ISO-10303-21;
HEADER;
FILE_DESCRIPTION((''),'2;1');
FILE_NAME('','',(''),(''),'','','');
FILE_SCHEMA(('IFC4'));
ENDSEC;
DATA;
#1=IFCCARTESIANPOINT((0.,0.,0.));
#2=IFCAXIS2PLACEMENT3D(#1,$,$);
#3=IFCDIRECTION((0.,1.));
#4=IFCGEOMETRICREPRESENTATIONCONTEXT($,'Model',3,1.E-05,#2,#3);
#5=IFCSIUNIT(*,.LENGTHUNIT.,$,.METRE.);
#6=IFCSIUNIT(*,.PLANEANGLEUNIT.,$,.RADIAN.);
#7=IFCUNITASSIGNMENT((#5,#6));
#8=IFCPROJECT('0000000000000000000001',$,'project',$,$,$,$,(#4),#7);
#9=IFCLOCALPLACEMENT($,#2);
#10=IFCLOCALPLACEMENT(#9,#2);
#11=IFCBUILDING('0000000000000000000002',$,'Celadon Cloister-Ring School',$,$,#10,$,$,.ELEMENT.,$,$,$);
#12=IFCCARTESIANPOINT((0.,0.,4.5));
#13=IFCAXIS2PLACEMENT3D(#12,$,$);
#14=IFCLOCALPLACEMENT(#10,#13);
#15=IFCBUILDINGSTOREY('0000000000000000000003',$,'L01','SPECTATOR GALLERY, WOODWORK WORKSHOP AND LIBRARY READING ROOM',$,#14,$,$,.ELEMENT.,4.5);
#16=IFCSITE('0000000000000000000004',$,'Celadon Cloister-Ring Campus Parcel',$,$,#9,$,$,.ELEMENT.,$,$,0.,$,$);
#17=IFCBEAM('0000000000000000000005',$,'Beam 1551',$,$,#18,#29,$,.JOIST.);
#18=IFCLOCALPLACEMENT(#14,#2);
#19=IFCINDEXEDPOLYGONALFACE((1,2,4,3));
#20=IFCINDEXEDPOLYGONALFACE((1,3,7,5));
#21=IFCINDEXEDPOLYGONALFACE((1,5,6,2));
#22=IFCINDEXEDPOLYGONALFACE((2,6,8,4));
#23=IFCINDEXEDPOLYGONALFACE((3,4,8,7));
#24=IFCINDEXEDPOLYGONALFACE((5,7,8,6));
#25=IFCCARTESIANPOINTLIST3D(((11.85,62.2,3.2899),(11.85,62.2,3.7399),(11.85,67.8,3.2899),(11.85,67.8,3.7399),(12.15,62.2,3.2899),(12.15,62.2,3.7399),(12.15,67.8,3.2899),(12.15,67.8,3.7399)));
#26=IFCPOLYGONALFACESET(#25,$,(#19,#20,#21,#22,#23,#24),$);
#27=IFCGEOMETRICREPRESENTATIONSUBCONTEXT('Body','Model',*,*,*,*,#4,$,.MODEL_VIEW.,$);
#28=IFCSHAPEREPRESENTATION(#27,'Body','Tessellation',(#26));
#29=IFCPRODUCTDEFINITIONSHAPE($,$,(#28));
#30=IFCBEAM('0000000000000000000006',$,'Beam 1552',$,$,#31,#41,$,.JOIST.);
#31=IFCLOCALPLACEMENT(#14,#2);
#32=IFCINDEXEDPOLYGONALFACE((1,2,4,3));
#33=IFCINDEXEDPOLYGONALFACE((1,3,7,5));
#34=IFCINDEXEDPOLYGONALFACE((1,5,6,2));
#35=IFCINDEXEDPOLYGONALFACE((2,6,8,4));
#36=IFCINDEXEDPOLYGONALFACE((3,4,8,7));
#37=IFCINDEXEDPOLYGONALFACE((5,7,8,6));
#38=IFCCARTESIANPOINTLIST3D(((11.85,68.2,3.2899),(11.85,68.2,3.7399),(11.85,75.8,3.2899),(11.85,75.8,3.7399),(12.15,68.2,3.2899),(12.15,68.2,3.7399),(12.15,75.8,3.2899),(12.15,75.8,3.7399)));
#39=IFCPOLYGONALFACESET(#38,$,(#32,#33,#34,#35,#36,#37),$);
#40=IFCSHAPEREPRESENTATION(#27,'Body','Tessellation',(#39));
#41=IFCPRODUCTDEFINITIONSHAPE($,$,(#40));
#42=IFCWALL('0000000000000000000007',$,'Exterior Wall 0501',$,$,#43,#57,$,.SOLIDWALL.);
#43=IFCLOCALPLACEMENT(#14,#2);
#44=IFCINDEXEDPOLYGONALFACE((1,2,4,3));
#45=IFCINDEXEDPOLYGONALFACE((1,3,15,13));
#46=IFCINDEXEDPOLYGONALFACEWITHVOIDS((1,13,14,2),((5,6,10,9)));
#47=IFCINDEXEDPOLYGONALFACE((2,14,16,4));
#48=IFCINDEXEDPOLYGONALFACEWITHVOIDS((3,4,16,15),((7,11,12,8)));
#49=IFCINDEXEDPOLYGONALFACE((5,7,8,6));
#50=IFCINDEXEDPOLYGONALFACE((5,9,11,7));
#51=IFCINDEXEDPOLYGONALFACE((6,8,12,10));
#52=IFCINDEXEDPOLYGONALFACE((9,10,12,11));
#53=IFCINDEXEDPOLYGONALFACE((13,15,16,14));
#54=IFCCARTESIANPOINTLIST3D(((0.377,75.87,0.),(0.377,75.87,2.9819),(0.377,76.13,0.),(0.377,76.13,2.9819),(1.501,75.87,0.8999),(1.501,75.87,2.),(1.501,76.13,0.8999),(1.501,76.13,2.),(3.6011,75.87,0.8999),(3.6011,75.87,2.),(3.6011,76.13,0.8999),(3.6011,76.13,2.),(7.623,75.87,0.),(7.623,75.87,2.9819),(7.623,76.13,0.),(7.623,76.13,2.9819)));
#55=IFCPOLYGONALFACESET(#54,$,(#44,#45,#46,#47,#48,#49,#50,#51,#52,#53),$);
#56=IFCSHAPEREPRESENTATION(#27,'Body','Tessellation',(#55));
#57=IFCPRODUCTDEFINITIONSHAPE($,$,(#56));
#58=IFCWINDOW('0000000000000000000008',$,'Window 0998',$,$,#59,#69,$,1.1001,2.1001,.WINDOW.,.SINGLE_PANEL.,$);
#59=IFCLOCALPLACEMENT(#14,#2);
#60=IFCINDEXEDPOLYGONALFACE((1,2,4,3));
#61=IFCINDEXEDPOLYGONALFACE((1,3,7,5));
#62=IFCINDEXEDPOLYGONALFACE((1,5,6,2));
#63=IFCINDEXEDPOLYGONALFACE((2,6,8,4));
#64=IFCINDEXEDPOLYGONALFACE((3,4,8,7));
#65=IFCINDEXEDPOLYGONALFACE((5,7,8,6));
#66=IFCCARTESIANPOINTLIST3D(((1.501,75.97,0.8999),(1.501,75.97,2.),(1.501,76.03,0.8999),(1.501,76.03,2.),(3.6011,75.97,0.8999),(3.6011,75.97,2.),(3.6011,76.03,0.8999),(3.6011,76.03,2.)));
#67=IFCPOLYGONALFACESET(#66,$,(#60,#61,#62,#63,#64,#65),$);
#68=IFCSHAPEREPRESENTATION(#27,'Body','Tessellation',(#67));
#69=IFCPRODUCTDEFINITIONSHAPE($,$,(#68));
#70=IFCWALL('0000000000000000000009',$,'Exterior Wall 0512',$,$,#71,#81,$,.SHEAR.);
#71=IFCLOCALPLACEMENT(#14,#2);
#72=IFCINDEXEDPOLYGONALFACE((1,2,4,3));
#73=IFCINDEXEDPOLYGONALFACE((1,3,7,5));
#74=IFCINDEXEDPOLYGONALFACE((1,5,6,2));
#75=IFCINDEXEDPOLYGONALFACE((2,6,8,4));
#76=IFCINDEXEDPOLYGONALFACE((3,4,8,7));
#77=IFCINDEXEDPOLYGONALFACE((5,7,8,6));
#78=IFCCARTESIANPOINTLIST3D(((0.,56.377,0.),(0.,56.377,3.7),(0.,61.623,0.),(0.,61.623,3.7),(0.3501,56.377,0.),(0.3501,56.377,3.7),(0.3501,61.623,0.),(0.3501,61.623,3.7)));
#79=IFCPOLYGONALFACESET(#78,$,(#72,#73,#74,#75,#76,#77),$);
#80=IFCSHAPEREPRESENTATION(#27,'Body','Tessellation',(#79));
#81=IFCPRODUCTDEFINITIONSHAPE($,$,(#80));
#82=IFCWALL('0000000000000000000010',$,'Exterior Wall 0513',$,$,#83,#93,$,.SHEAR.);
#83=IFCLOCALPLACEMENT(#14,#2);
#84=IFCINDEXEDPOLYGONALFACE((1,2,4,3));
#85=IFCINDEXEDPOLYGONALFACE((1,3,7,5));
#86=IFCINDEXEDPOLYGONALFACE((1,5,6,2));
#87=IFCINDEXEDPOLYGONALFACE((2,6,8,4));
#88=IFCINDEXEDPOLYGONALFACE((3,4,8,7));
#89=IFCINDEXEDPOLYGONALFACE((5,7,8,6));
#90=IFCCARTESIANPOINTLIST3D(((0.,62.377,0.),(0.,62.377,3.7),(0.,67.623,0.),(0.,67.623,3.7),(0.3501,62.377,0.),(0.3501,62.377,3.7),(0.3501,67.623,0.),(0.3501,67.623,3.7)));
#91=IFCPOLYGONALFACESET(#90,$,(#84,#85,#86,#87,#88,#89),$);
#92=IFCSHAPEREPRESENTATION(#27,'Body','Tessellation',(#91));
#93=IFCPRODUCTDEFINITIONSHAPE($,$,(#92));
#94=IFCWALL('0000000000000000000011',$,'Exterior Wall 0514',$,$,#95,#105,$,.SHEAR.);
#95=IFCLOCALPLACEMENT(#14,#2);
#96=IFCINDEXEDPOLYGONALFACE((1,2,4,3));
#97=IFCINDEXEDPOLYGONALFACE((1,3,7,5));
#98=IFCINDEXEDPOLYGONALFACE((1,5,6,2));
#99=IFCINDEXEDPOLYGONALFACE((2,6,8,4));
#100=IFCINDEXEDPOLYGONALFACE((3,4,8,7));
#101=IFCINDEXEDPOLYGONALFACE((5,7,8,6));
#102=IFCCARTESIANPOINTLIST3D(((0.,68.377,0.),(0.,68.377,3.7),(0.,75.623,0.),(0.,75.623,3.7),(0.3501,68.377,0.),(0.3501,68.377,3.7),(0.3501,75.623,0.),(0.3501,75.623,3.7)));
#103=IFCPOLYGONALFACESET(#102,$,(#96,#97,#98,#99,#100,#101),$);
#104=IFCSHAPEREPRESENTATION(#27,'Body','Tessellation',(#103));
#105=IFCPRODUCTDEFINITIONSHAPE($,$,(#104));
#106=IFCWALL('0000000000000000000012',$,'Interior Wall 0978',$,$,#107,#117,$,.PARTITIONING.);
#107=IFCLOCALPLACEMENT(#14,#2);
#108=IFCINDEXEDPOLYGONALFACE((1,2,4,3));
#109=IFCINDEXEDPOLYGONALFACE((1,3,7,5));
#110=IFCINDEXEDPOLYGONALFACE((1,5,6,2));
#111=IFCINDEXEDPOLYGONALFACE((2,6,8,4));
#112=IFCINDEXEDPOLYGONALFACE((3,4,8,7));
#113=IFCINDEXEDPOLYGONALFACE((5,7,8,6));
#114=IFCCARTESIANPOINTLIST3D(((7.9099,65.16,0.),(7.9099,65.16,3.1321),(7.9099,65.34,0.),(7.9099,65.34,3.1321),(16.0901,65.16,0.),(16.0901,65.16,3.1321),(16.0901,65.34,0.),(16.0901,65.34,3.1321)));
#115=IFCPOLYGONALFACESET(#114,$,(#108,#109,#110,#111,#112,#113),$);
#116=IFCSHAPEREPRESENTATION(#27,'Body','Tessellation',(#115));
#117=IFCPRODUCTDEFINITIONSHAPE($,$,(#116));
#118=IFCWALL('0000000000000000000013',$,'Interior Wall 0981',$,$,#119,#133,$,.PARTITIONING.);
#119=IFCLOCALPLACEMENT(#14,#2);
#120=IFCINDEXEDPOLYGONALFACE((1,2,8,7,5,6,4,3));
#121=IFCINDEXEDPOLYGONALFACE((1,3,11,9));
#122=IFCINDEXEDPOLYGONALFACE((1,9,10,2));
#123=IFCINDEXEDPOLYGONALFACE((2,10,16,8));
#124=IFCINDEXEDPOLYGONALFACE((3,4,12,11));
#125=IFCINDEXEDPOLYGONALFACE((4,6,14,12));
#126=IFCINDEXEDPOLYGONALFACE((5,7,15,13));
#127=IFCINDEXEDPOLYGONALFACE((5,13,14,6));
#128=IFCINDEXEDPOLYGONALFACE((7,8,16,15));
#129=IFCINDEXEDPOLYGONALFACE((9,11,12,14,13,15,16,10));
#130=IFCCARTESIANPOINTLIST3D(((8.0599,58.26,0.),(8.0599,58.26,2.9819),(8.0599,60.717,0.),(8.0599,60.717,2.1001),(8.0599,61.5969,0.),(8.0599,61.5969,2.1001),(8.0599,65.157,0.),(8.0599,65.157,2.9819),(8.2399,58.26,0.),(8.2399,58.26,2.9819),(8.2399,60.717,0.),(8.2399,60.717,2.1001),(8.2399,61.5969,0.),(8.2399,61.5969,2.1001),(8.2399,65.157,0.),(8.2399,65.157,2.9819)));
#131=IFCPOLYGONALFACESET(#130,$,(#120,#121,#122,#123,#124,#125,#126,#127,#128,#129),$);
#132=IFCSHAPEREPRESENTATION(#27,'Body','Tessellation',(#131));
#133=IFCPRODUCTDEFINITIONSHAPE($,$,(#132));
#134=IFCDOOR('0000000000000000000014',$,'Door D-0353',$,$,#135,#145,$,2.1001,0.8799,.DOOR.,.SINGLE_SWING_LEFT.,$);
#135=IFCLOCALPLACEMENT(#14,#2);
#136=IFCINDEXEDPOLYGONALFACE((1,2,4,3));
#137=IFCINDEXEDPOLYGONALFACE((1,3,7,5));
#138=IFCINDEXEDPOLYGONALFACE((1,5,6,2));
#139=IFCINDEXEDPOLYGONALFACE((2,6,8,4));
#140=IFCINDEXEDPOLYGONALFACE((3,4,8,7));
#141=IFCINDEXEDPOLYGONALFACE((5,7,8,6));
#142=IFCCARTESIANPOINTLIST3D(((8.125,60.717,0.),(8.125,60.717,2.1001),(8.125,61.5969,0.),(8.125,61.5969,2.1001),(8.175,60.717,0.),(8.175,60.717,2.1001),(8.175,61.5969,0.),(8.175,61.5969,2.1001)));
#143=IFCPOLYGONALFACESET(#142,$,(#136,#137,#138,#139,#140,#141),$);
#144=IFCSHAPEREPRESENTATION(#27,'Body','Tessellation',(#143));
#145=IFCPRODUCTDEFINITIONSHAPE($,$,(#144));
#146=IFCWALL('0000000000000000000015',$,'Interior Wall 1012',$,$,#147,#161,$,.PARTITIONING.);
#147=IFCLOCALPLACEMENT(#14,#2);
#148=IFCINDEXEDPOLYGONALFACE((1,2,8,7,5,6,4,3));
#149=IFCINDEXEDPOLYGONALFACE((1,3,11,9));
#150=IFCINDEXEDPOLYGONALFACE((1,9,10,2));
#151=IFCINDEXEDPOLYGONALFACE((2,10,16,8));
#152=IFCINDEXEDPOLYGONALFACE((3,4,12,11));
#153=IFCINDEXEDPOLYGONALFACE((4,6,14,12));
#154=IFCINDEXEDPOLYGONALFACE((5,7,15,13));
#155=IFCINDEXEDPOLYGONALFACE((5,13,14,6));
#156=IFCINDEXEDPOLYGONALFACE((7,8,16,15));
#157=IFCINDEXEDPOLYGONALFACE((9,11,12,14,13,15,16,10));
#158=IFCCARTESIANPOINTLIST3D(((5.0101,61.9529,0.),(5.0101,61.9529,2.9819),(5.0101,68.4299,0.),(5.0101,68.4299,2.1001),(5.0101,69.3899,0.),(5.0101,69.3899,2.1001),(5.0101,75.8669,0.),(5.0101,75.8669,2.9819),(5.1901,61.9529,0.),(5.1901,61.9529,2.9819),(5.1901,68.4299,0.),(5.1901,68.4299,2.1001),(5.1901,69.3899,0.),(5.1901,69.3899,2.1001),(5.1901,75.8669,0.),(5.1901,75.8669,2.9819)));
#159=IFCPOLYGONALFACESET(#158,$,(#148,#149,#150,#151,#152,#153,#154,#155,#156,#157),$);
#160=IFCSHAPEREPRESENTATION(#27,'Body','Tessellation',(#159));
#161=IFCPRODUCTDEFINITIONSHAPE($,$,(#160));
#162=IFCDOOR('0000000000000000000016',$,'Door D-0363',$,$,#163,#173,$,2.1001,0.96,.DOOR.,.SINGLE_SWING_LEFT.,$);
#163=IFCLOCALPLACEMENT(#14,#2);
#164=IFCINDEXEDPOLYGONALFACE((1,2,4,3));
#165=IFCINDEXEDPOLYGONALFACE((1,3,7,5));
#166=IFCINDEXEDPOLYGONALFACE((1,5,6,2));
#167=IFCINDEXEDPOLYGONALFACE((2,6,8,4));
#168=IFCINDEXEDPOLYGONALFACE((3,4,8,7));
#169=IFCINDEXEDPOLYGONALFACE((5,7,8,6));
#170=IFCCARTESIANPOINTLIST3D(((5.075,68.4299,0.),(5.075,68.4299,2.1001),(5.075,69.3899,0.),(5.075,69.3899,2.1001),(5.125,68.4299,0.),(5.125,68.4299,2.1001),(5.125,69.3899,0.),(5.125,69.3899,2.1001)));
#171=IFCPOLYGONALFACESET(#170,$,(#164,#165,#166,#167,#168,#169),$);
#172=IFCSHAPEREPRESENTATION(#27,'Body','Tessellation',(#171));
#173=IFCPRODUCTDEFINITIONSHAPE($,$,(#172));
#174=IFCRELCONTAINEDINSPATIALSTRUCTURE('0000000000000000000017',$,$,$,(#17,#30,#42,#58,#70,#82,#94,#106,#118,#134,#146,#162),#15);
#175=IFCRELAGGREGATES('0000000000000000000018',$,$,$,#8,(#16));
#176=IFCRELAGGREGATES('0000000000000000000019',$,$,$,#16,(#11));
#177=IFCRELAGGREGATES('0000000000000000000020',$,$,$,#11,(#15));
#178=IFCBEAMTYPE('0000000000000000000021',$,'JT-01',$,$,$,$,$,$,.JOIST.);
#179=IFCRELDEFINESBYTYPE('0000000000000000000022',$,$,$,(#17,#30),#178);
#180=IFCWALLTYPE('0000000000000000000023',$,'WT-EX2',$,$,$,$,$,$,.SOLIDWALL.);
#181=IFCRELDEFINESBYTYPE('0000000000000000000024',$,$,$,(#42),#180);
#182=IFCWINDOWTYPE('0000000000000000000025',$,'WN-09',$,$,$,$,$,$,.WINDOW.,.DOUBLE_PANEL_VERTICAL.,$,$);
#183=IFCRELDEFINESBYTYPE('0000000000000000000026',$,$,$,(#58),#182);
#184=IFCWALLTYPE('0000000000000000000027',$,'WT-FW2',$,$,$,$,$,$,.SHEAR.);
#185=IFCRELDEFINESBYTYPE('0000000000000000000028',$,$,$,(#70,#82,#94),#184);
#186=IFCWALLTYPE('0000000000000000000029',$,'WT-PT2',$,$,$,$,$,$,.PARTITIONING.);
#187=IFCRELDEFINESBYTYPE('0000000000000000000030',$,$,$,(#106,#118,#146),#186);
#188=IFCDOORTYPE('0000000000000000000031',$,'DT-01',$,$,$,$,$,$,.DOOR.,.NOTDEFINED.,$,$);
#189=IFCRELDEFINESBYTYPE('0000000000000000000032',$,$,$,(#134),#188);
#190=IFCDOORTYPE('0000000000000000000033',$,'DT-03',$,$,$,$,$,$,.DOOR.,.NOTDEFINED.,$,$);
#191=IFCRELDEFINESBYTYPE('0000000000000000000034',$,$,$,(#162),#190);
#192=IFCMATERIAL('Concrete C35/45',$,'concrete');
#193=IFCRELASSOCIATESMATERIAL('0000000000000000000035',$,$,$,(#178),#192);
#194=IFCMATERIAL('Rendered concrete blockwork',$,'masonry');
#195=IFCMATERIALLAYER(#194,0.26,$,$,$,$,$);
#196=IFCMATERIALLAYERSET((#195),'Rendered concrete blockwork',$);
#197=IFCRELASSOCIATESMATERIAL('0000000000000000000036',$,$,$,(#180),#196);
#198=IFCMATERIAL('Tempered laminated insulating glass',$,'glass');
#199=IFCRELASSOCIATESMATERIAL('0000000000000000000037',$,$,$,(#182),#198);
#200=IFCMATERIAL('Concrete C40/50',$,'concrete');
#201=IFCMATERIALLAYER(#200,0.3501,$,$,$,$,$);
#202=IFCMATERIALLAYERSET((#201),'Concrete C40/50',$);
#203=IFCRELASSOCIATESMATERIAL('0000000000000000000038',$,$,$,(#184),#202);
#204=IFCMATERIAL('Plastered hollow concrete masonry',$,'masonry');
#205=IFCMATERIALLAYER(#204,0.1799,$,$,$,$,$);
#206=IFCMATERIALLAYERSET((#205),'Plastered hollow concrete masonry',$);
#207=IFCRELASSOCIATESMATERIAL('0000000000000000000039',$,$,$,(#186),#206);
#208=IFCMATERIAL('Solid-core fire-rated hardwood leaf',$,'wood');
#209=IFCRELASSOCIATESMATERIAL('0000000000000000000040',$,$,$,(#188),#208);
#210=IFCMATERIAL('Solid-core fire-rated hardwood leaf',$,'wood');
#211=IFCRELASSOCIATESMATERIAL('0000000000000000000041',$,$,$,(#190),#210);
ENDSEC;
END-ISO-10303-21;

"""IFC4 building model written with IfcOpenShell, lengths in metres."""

from ifc_helpers import new_model, si_unit, direction, frame, frame_2d, origin, origin_2d, place, context, subcontext, project, spatial, rectangle, extrude, material, layer, layer_set, material_profile, profile_set, type_object, element, fill, save


model = new_model("IFC4")

# Units and contexts
model_context = context("Model", 3, precision=1e-05, world=origin(), true_north=direction((0.0, 1.0)))
body_context = subcontext(model_context, "Body", "Model", "MODEL_VIEW")
ifc_project = project(units=[si_unit("LENGTHUNIT", "METRE"), si_unit("PLANEANGLEUNIT", "RADIAN")], contexts=[model_context])

# Site, building, storey
site_placement = place(None, origin())
site = spatial("IfcSite", under=ifc_project, at=site_placement, Name="Celadon Cloister-Ring Campus Parcel", CompositionType="ELEMENT", RefElevation=0.0)
building_placement = place(site_placement, origin())
building = spatial("IfcBuilding", under=site, at=building_placement, Name="Celadon Cloister-Ring School", CompositionType="ELEMENT")
storey_placement = place(building_placement, frame((0.0, 0.0, 4.5)))
storey = spatial("IfcBuildingStorey", under=building, at=storey_placement, Name="L01", Description="SPECTATOR GALLERY, WOODWORK WORKSHOP AND LIBRARY READING ROOM", CompositionType="ELEMENT", Elevation=4.5)

# Beams
ifc_material_1 = material(Name="Concrete C35/45", Category="concrete")
ifc_material_profile_1 = material_profile(ifc_material_1, rectangle(XDim=0.3, YDim=0.45, at=origin_2d()), Name="RC300X450")
ifc_profile_set_1 = profile_set([ifc_material_profile_1], Name="Concrete C35/45")
beam_type_1 = type_object("IfcBeamType", Name="JT-01", PredefinedType="JOIST", material=ifc_profile_set_1)
beam_1_placement = place(storey_placement, frame((12.0, 62.2, 3.5149), z_axis=(0.0, 1.0, 0.0), x_axis=(-1.0, 0.0, 0.0)))
element("IfcBeam", 1, at=beam_1_placement, inside=storey, type_object=beam_type_1, Name="Beam 1551", PredefinedType="JOIST", context=body_context, shape_type="SweptSolid", body=[
    extrude(rectangle(XDim=0.3, YDim=0.45, at=origin_2d()), origin(), (0.0, 0.0, 1.0), 5.6001),
])
beam_2_placement = place(storey_placement, frame((12.0, 68.2, 3.5149), z_axis=(0.0, 1.0, 0.0), x_axis=(-1.0, 0.0, 0.0)))
element("IfcBeam", 2, at=beam_2_placement, inside=storey, type_object=beam_type_1, Name="Beam 1552", PredefinedType="JOIST", context=body_context, shape_type="SweptSolid", body=[
    extrude(rectangle(XDim=0.3, YDim=0.45, at=origin_2d()), origin(), (0.0, 0.0, 1.0), 7.6001),
])

# Wall, opening, window
ifc_material_2 = material(Name="Rendered concrete blockwork", Category="masonry")
ifc_layer_1 = layer(ifc_material_2, 0.26)
ifc_layer_set_1 = layer_set([ifc_layer_1], Name="Rendered concrete blockwork")
wall_type_1 = type_object("IfcWallType", Name="WT-EX2", PredefinedType="SOLIDWALL", material=ifc_layer_set_1)
wall_1_placement = place(storey_placement, frame((0.377, 76.0, 0.0), z_axis=(0.0, 0.0, 1.0), x_axis=(1.0, 0.0, 0.0)))
wall_1 = element("IfcWall", 3, at=wall_1_placement, inside=storey, type_object=wall_type_1, Name="Exterior Wall 0501", PredefinedType="SOLIDWALL", context=body_context, shape_type="SweptSolid", body=[
    extrude(rectangle(XDim=7.2461, YDim=0.26, at=frame_2d((3.623, 0.0))), origin(), (0.0, 0.0, 1.0), 2.9819),
])
opening_1_placement = place(wall_1_placement, frame((1.124, 0.0, 0.8999)))
opening_1 = element("IfcOpeningElement", 4, at=opening_1_placement, cuts=wall_1, PredefinedType="OPENING", context=body_context, shape_type="SweptSolid", body=[
    extrude(rectangle(XDim=2.1001, YDim=1.1001, at=frame_2d((1.05, 0.55))), frame((0.0, 0.1401, 0.0), z_axis=(0.0, -1.0, 0.0), x_axis=(1.0, 0.0, 0.0)), (0.0, 0.0, 1.0), 0.28),
])
ifc_material_3 = material(Name="Tempered laminated insulating glass", Category="glass")
window_type = type_object("IfcWindowType", Name="WN-09", PartitioningType="DOUBLE_PANEL_VERTICAL", PredefinedType="WINDOW", material=ifc_material_3)
window_placement = place(opening_1_placement, origin())
window = element("IfcWindow", 5, at=window_placement, inside=storey, type_object=window_type, Name="Window 0998", OverallHeight=1.1001, OverallWidth=2.1001, PartitioningType="SINGLE_PANEL", PredefinedType="WINDOW", context=body_context, shape_type="SweptSolid", body=[
    extrude(rectangle(XDim=2.1001, YDim=1.1001, at=frame_2d((1.05, 0.55))), frame((0.0, 0.03, 0.0), z_axis=(0.0, -1.0, 0.0), x_axis=(1.0, 0.0, 0.0)), (0.0, 0.0, 1.0), 0.0601),
])
fill(opening_1, window)

# Walls
ifc_material_4 = material(Name="Concrete C40/50", Category="concrete")
ifc_layer_2 = layer(ifc_material_4, 0.3501)
ifc_layer_set_2 = layer_set([ifc_layer_2], Name="Concrete C40/50")
wall_type_2 = type_object("IfcWallType", Name="WT-FW2", PredefinedType="SHEAR", material=ifc_layer_set_2)
for number, where, z_axis, x_axis, name in (
    (6, (0.175, 56.377, 0.0), (0.0, 0.0, 1.0), (0.0, 1.0, 0.0), "Exterior Wall 0512"),
    (7, (0.175, 62.377, 0.0), (0.0, 0.0, 1.0), (0.0, 1.0, 0.0), "Exterior Wall 0513"),
):
    element("IfcWall", number, at=place(storey_placement, frame(where, z_axis=z_axis, x_axis=x_axis)), inside=storey, type_object=wall_type_2, Name=name, PredefinedType="SHEAR", context=body_context, shape_type="SweptSolid", body=[
        extrude(rectangle(XDim=5.2461, YDim=0.3501, at=frame_2d((2.623, 0.0))), origin(), (0.0, 0.0, 1.0), 3.7),
    ])
wall_2_placement = place(storey_placement, frame((0.175, 68.377, 0.0), z_axis=(0.0, 0.0, 1.0), x_axis=(0.0, 1.0, 0.0)))
element("IfcWall", 8, at=wall_2_placement, inside=storey, type_object=wall_type_2, Name="Exterior Wall 0514", PredefinedType="SHEAR", context=body_context, shape_type="SweptSolid", body=[
    extrude(rectangle(XDim=7.2461, YDim=0.3501, at=frame_2d((3.623, 0.0))), origin(), (0.0, 0.0, 1.0), 3.7),
])
ifc_material_5 = material(Name="Plastered hollow concrete masonry", Category="masonry")
ifc_layer_3 = layer(ifc_material_5, 0.1799)
ifc_layer_set_3 = layer_set([ifc_layer_3], Name="Plastered hollow concrete masonry")
wall_type_3 = type_object("IfcWallType", Name="WT-PT2", PredefinedType="PARTITIONING", material=ifc_layer_set_3)
wall_3_placement = place(storey_placement, frame((7.9099, 65.25, 0.0), z_axis=(0.0, 0.0, 1.0), x_axis=(1.0, 0.0, 0.0)))
element("IfcWall", 9, at=wall_3_placement, inside=storey, type_object=wall_type_3, Name="Interior Wall 0978", PredefinedType="PARTITIONING", context=body_context, shape_type="SweptSolid", body=[
    extrude(rectangle(XDim=8.1802, YDim=0.1799, at=frame_2d((4.0901, 0.0))), origin(), (0.0, 0.0, 1.0), 3.1321),
])

# Walls, openings, doors
wall_4_placement = place(storey_placement, frame((8.1499, 58.26, 0.0), z_axis=(0.0, 0.0, 1.0), x_axis=(0.0, 1.0, 0.0)))
wall_4 = element("IfcWall", 10, at=wall_4_placement, inside=storey, type_object=wall_type_3, Name="Interior Wall 0981", PredefinedType="PARTITIONING", context=body_context, shape_type="SweptSolid", body=[
    extrude(rectangle(XDim=6.897, YDim=0.1799, at=frame_2d((3.4485, 0.0))), origin(), (0.0, 0.0, 1.0), 2.9819),
])
opening_2_placement = place(wall_4_placement, frame((2.457, 0.0, 0.0)))
opening_2 = element("IfcOpeningElement", 11, at=opening_2_placement, cuts=wall_4, PredefinedType="OPENING", context=body_context, shape_type="SweptSolid", body=[
    extrude(rectangle(XDim=0.8799, YDim=2.1001, at=frame_2d((0.4399, 1.05))), frame((0.0, 0.1001, 0.0), z_axis=(0.0, -1.0, 0.0), x_axis=(1.0, 0.0, 0.0)), (0.0, 0.0, 1.0), 0.2),
])
ifc_material_6 = material(Name="Solid-core fire-rated hardwood leaf", Category="wood")
door_type_1 = type_object("IfcDoorType", Name="DT-01", OperationType="NOTDEFINED", PredefinedType="DOOR", material=ifc_material_6)
door_1_placement = place(opening_2_placement, origin())
door_1 = element("IfcDoor", 12, at=door_1_placement, inside=storey, type_object=door_type_1, Name="Door D-0353", OperationType="SINGLE_SWING_LEFT", OverallHeight=2.1001, OverallWidth=0.8799, PredefinedType="DOOR", context=body_context, shape_type="SweptSolid", body=[
    extrude(rectangle(XDim=0.8799, YDim=2.1001, at=frame_2d((0.4399, 1.05))), frame((0.0, 0.0249, 0.0), z_axis=(0.0, -1.0, 0.0), x_axis=(1.0, 0.0, 0.0)), (0.0, 0.0, 1.0), 0.05),
])
fill(opening_2, door_1)
wall_5_placement = place(storey_placement, frame((5.1001, 75.8669, 0.0), z_axis=(0.0, 0.0, 1.0), x_axis=(0.0, -1.0, 0.0)))
wall_5 = element("IfcWall", 13, at=wall_5_placement, inside=storey, type_object=wall_type_3, Name="Interior Wall 1012", PredefinedType="PARTITIONING", context=body_context, shape_type="SweptSolid", body=[
    extrude(rectangle(XDim=13.9141, YDim=0.1799, at=frame_2d((6.957, 0.0))), origin(), (0.0, 0.0, 1.0), 2.9819),
])
opening_3_placement = place(wall_5_placement, frame((6.4771, 0.0, 0.0)))
opening_3 = element("IfcOpeningElement", 14, at=opening_3_placement, cuts=wall_5, PredefinedType="OPENING", context=body_context, shape_type="SweptSolid", body=[
    extrude(rectangle(XDim=0.96, YDim=2.1001, at=frame_2d((0.48, 1.05))), frame((0.0, 0.1001, 0.0), z_axis=(0.0, -1.0, 0.0), x_axis=(1.0, 0.0, 0.0)), (0.0, 0.0, 1.0), 0.2),
])
ifc_material_7 = material(Name="Solid-core fire-rated hardwood leaf", Category="wood")
door_type_2 = type_object("IfcDoorType", Name="DT-03", OperationType="NOTDEFINED", PredefinedType="DOOR", material=ifc_material_7)
door_2_placement = place(opening_3_placement, origin())
door_2 = element("IfcDoor", 15, at=door_2_placement, inside=storey, type_object=door_type_2, Name="Door D-0363", OperationType="SINGLE_SWING_LEFT", OverallHeight=2.1001, OverallWidth=0.96, PredefinedType="DOOR", context=body_context, shape_type="SweptSolid", body=[
    extrude(rectangle(XDim=0.96, YDim=2.1001, at=frame_2d((0.48, 1.05))), frame((0.0, 0.0249, 0.0), z_axis=(0.0, -1.0, 0.0), x_axis=(1.0, 0.0, 0.0)), (0.0, 0.0, 1.0), 0.05),
])
fill(opening_3, door_2)

save(model, "model.ifc")
